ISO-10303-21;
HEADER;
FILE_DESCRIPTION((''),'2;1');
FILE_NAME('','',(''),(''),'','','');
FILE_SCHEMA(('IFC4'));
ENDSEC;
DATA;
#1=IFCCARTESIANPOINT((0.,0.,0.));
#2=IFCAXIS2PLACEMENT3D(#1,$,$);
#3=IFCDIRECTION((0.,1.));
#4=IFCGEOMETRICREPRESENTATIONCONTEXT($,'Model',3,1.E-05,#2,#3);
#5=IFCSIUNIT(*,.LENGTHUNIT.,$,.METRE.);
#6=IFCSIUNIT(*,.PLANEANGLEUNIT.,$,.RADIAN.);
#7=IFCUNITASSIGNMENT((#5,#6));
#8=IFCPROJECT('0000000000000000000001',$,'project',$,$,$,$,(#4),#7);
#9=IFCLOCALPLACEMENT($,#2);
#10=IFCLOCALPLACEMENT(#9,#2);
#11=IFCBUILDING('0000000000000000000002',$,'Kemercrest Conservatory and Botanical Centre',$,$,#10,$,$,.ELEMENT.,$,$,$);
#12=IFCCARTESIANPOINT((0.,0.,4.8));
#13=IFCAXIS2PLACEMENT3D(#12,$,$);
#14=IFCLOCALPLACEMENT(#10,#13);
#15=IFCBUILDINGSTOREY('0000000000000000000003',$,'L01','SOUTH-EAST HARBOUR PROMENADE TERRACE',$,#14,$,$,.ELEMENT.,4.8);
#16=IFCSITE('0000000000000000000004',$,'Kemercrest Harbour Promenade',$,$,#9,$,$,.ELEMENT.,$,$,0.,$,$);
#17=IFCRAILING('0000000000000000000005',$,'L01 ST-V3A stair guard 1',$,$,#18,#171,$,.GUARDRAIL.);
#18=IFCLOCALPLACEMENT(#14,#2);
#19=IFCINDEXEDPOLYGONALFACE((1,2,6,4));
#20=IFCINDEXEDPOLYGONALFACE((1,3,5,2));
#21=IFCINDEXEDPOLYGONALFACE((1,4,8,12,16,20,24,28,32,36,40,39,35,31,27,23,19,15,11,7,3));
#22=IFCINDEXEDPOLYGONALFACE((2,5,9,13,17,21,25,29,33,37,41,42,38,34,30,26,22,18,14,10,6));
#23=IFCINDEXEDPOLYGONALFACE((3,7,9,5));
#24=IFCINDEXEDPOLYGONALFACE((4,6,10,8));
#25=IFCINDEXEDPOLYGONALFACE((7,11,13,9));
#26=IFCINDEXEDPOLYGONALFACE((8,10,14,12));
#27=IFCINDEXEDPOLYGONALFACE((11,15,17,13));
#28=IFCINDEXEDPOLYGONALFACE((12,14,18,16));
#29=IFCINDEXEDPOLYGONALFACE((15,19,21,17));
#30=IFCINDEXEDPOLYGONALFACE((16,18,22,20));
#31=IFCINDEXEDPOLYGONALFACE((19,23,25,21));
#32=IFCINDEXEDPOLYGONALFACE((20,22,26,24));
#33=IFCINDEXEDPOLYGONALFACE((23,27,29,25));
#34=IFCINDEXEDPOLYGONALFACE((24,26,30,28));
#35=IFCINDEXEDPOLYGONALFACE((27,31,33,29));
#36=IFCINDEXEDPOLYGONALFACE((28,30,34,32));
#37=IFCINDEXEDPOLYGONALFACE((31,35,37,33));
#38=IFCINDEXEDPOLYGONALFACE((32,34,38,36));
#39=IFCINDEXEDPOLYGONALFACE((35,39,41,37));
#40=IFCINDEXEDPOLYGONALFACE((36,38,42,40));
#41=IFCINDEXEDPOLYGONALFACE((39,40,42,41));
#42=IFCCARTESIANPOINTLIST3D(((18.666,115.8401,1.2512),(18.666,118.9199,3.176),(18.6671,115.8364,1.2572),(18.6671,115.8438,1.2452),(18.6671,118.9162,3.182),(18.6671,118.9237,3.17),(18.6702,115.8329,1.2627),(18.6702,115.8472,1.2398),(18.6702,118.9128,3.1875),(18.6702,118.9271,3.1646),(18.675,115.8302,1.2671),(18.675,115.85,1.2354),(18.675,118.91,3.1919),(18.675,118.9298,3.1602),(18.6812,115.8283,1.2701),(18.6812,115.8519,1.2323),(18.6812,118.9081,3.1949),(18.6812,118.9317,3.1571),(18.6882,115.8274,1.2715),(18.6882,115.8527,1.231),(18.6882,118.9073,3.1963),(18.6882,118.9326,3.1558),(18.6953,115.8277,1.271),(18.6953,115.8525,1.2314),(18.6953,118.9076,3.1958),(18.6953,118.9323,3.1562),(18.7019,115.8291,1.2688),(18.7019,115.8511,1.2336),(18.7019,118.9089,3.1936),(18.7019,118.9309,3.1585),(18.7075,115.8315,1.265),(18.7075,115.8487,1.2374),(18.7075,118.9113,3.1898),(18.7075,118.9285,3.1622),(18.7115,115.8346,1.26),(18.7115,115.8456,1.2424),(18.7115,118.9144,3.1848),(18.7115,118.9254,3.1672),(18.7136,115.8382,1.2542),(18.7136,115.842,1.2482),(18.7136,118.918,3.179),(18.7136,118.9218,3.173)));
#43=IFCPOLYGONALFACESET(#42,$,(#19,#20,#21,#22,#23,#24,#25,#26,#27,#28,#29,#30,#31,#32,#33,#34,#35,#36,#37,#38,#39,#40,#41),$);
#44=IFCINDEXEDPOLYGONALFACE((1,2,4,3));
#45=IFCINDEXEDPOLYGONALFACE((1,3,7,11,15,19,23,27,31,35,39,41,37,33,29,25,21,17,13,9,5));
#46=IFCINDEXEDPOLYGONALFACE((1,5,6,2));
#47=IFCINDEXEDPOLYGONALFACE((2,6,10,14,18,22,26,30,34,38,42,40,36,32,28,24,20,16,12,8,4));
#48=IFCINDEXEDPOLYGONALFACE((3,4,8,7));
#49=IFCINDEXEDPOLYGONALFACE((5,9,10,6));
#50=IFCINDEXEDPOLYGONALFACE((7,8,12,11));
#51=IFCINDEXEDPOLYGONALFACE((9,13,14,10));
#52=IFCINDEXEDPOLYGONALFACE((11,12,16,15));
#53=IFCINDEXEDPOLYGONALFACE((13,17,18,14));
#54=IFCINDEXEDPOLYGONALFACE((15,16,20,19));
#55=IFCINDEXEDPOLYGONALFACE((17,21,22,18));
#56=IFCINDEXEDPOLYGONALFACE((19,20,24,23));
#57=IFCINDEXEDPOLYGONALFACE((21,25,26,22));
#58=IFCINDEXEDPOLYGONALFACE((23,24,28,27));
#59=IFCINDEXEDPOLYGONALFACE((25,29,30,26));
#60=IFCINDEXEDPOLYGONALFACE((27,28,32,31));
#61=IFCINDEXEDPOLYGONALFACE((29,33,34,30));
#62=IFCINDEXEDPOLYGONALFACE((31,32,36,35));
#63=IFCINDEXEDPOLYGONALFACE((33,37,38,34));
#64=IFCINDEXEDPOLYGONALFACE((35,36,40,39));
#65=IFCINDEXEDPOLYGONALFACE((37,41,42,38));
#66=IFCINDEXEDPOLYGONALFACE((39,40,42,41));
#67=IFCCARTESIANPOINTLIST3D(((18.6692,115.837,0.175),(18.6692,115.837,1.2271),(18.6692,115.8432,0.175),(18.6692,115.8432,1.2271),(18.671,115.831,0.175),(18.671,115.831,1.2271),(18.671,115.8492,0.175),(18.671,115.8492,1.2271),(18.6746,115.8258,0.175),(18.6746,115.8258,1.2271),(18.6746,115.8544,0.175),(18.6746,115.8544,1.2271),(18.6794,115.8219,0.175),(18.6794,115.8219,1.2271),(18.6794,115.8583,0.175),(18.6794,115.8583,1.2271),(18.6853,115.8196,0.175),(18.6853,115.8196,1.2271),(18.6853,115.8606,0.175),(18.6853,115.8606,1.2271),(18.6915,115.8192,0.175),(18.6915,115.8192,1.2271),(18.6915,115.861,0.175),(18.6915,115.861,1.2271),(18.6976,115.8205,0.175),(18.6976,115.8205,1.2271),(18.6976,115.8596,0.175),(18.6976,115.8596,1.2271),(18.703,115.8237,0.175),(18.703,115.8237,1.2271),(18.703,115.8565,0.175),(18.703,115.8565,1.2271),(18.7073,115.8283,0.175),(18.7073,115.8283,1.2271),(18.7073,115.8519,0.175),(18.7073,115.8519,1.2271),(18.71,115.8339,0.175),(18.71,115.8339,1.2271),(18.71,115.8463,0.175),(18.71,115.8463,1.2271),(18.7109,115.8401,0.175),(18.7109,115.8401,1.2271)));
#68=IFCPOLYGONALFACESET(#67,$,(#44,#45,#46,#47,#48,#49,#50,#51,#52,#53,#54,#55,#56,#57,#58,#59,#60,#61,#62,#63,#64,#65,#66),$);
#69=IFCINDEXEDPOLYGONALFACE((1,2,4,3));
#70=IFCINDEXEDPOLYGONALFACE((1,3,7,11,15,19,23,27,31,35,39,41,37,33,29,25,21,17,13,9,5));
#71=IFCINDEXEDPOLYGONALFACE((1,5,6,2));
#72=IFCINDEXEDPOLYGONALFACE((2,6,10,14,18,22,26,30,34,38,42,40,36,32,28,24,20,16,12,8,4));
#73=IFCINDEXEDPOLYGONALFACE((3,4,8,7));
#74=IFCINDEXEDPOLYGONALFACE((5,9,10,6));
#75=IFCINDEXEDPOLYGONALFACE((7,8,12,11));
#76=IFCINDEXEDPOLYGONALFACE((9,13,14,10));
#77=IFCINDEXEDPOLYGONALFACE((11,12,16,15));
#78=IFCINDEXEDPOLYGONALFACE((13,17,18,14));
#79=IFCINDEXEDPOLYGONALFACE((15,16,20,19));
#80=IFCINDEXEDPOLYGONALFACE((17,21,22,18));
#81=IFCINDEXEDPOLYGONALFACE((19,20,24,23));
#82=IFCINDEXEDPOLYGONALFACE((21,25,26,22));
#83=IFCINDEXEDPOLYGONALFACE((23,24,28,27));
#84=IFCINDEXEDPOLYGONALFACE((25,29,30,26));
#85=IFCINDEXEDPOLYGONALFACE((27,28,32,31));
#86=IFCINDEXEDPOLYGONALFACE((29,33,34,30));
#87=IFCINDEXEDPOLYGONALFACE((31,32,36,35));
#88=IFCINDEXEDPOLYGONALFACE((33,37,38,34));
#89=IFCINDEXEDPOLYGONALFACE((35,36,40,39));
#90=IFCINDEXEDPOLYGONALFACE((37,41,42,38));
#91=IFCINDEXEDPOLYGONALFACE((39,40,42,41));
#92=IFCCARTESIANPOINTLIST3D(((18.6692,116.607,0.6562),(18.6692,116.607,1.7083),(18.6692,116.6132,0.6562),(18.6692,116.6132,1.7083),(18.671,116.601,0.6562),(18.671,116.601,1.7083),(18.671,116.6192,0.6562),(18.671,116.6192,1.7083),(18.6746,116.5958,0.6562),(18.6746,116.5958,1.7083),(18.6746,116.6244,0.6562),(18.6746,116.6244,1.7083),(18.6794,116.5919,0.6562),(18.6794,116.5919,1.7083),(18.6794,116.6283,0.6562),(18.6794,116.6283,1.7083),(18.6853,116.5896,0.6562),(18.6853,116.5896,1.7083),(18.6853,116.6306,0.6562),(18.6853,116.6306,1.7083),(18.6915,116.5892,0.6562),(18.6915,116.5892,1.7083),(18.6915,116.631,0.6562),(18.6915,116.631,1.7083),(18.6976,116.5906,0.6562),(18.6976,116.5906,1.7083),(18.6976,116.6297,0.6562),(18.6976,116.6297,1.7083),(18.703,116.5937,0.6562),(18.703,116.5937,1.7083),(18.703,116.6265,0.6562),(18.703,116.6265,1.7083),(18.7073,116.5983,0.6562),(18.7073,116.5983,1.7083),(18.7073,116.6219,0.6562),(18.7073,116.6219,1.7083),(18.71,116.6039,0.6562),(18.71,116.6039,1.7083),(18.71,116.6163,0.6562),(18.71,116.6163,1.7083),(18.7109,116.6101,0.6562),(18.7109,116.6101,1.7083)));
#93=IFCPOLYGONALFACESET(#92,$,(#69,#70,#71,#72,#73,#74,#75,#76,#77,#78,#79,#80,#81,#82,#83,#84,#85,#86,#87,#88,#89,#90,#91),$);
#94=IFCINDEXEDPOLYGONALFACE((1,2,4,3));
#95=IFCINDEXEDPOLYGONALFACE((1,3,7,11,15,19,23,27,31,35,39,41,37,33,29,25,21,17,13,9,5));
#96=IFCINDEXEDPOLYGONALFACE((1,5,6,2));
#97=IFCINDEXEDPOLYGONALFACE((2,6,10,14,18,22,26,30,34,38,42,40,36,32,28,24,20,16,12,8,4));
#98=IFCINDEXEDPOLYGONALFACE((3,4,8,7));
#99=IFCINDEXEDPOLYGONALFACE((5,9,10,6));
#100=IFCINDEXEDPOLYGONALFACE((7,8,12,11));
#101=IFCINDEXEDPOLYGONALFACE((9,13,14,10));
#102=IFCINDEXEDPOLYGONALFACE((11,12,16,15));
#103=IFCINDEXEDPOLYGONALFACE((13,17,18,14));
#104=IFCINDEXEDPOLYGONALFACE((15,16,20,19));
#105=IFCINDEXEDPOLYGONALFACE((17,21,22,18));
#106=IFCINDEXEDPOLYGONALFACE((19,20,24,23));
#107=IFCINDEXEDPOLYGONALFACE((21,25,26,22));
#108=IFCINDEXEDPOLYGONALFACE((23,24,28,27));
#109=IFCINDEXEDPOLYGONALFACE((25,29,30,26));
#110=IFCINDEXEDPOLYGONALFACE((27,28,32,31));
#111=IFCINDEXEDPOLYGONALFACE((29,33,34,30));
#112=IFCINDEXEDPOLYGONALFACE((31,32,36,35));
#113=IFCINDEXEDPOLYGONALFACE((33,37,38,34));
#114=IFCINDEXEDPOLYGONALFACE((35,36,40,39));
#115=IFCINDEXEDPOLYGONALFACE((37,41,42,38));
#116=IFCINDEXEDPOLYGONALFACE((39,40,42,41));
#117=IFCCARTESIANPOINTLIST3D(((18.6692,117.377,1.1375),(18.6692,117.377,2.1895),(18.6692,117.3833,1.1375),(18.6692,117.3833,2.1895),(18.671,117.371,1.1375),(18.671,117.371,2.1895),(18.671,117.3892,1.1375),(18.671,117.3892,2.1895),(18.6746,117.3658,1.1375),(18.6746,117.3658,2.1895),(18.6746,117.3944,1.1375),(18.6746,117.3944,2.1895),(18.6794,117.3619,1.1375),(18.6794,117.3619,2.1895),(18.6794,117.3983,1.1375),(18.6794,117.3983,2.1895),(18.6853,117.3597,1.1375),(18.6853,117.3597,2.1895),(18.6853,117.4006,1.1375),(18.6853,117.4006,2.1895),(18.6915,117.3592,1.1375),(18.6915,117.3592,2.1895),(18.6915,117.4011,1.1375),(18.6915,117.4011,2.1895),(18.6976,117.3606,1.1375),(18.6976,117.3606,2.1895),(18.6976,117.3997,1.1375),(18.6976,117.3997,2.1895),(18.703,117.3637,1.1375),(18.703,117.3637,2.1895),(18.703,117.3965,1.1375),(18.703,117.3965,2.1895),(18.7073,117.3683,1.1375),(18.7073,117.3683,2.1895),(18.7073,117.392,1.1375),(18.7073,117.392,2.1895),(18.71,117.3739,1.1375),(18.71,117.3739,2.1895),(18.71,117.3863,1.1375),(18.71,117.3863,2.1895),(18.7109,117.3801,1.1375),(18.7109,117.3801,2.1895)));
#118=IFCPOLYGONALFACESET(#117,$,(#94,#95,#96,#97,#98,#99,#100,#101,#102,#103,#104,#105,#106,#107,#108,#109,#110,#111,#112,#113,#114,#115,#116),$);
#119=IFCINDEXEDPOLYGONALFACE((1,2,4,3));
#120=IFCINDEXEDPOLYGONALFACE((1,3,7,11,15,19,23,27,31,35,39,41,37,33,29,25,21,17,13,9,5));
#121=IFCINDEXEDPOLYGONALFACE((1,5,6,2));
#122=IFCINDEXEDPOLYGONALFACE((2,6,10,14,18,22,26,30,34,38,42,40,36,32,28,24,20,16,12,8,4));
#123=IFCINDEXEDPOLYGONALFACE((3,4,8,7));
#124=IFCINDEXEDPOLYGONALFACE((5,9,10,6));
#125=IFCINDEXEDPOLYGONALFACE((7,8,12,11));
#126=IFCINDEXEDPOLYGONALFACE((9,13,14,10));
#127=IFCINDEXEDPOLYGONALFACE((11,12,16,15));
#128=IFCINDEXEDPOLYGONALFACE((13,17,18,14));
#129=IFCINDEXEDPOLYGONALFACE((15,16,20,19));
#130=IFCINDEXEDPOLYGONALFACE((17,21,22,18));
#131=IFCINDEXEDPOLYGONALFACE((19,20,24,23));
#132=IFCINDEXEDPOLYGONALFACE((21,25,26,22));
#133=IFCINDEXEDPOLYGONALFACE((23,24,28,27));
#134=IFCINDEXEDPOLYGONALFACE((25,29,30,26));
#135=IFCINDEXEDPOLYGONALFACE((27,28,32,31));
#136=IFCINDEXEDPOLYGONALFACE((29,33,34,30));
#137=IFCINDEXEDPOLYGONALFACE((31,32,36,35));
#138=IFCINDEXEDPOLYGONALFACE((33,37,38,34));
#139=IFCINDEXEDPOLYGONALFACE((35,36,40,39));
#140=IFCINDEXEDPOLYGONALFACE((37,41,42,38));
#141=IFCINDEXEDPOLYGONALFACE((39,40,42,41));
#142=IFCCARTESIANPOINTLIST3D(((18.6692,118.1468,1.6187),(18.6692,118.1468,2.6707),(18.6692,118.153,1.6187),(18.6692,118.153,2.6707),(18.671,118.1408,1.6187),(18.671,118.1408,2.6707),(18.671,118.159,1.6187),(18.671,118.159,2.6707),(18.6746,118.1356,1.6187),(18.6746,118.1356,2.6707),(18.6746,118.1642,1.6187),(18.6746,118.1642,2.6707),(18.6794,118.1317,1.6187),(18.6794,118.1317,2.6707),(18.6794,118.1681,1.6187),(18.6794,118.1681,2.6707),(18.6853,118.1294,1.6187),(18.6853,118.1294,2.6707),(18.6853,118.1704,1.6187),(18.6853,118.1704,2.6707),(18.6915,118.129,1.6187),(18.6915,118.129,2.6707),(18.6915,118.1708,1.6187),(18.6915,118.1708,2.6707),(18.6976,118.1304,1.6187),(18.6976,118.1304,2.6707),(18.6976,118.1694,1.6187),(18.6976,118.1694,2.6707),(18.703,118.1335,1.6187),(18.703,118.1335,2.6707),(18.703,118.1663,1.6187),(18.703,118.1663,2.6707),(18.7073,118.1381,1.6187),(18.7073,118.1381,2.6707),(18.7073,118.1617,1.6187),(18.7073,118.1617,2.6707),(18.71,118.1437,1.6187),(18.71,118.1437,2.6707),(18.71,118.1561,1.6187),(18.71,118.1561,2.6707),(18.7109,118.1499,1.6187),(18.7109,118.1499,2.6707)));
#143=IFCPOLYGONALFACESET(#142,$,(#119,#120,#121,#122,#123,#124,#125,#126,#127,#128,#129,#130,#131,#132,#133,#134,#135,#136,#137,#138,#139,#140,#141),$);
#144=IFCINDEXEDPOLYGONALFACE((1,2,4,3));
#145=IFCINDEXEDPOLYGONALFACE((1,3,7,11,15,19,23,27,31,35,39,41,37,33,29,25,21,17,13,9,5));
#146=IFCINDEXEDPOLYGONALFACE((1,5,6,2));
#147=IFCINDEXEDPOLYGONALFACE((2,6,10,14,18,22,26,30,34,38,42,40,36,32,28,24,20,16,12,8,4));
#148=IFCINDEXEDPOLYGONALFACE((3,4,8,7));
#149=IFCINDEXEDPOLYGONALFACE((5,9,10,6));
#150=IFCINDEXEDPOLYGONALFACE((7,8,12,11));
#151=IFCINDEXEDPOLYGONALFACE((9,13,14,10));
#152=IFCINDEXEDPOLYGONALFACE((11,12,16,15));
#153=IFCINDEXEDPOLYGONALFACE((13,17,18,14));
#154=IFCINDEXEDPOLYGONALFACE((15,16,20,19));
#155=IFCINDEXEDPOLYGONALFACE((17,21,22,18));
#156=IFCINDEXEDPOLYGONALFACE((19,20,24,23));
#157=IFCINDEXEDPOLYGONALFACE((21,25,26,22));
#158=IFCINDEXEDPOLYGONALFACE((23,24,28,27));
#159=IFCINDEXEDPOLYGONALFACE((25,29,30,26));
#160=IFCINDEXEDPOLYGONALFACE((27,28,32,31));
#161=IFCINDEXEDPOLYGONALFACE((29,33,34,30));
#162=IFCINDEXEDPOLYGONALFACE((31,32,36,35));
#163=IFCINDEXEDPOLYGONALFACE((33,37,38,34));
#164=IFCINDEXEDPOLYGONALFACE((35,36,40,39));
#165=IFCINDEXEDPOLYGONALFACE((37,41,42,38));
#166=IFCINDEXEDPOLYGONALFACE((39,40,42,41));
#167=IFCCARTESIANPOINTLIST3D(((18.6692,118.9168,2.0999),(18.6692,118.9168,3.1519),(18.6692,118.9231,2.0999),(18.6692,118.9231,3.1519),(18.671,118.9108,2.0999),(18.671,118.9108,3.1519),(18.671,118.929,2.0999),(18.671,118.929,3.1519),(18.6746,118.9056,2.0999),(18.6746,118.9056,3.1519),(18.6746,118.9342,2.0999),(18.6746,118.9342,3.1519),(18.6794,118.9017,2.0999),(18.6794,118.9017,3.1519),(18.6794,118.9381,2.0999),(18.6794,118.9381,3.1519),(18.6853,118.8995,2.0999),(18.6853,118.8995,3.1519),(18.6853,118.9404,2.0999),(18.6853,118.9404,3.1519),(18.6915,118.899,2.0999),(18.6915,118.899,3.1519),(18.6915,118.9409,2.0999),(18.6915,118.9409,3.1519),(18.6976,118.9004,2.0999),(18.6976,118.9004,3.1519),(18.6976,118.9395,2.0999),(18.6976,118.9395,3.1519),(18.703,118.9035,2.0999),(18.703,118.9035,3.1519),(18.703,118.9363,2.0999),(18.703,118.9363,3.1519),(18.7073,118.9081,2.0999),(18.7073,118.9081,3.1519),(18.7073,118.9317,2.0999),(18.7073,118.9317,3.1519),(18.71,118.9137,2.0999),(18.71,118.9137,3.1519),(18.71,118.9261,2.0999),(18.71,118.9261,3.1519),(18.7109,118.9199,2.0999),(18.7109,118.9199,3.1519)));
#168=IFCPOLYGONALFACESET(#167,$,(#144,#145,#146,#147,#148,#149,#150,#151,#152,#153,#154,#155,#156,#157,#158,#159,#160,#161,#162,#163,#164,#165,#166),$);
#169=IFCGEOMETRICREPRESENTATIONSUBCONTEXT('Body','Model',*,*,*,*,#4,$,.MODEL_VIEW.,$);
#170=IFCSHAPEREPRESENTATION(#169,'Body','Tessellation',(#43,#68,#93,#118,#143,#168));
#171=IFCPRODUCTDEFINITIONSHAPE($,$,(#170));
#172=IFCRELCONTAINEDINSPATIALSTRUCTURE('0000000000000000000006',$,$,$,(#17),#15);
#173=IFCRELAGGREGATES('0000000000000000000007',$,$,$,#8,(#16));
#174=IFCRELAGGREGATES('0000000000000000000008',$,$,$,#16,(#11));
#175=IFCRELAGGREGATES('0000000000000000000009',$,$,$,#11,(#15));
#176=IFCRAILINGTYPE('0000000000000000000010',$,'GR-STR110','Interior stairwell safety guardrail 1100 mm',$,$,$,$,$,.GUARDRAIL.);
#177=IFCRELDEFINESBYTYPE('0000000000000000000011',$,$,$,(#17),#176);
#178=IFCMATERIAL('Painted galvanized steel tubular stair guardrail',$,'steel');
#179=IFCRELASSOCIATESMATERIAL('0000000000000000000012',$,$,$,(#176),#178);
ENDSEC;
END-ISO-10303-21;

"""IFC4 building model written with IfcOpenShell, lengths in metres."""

from ifc_helpers import new_model, si_unit, direction, frame, origin, origin_2d, place, context, subcontext, project, spatial, circle, extrude, material, type_object, element, save


model = new_model("IFC4")

# Units and contexts
model_context = context("Model", 3, precision=1e-05, world=origin(), true_north=direction((0.0, 1.0)))
body_context = subcontext(model_context, "Body", "Model", "MODEL_VIEW")
ifc_project = project(units=[si_unit("LENGTHUNIT", "METRE"), si_unit("PLANEANGLEUNIT", "RADIAN")], contexts=[model_context])

# Site, building, storey
site_placement = place(None, origin())
site = spatial("IfcSite", under=ifc_project, at=site_placement, Name="Kemercrest Harbour Promenade", CompositionType="ELEMENT", RefElevation=0.0)
building_placement = place(site_placement, origin())
building = spatial("IfcBuilding", under=site, at=building_placement, Name="Kemercrest Conservatory and Botanical Centre", CompositionType="ELEMENT")
storey_placement = place(building_placement, frame((0.0, 0.0, 4.8)))
storey = spatial("IfcBuildingStorey", under=building, at=storey_placement, Name="L01", Description="SOUTH-EAST HARBOUR PROMENADE TERRACE", CompositionType="ELEMENT", Elevation=4.8)

# Railing
ifc_material_1 = material(Name="Painted galvanized steel tubular stair guardrail", Category="steel")
railing_type_1 = type_object("IfcRailingType", Name="GR-STR110", Description="Interior stairwell safety guardrail 1100 mm", PredefinedType="GUARDRAIL", material=ifc_material_1)
railing_1_placement = place(storey_placement, frame((18.6899, 115.8401, 0.175)))
element("IfcRailing", 1, at=railing_1_placement, inside=storey, type_object=railing_type_1, Name="L01 ST-V3A stair guard 1", PredefinedType="GUARDRAIL", context=body_context, shape_type="SweptSolid", body=[
    extrude(circle(Radius=0.0239, at=origin_2d()), frame((0.0, 0.0, 1.0762), z_axis=(0.0, 0.84801, 0.529981), x_axis=(-1.0, 0.0, 0.0)), (0.0, 0.0, 1.0), 3.6318),
    extrude(circle(Radius=0.021, at=origin_2d()), origin(), (0.0, 0.0, 1.0), 1.052),
    extrude(circle(Radius=0.021, at=origin_2d()), frame((0.0, 0.77, 0.4812)), (0.0, 0.0, 1.0), 1.052),
    extrude(circle(Radius=0.021, at=origin_2d()), frame((0.0, 1.54, 0.9624)), (0.0, 0.0, 1.0), 1.052),
    extrude(circle(Radius=0.021, at=origin_2d()), frame((0.0, 2.3098, 1.4436)), (0.0, 0.0, 1.0), 1.052),
    extrude(circle(Radius=0.021, at=origin_2d()), frame((0.0, 3.0798, 1.9248)), (0.0, 0.0, 1.0), 1.052),
])

save(model, "model.ifc")
